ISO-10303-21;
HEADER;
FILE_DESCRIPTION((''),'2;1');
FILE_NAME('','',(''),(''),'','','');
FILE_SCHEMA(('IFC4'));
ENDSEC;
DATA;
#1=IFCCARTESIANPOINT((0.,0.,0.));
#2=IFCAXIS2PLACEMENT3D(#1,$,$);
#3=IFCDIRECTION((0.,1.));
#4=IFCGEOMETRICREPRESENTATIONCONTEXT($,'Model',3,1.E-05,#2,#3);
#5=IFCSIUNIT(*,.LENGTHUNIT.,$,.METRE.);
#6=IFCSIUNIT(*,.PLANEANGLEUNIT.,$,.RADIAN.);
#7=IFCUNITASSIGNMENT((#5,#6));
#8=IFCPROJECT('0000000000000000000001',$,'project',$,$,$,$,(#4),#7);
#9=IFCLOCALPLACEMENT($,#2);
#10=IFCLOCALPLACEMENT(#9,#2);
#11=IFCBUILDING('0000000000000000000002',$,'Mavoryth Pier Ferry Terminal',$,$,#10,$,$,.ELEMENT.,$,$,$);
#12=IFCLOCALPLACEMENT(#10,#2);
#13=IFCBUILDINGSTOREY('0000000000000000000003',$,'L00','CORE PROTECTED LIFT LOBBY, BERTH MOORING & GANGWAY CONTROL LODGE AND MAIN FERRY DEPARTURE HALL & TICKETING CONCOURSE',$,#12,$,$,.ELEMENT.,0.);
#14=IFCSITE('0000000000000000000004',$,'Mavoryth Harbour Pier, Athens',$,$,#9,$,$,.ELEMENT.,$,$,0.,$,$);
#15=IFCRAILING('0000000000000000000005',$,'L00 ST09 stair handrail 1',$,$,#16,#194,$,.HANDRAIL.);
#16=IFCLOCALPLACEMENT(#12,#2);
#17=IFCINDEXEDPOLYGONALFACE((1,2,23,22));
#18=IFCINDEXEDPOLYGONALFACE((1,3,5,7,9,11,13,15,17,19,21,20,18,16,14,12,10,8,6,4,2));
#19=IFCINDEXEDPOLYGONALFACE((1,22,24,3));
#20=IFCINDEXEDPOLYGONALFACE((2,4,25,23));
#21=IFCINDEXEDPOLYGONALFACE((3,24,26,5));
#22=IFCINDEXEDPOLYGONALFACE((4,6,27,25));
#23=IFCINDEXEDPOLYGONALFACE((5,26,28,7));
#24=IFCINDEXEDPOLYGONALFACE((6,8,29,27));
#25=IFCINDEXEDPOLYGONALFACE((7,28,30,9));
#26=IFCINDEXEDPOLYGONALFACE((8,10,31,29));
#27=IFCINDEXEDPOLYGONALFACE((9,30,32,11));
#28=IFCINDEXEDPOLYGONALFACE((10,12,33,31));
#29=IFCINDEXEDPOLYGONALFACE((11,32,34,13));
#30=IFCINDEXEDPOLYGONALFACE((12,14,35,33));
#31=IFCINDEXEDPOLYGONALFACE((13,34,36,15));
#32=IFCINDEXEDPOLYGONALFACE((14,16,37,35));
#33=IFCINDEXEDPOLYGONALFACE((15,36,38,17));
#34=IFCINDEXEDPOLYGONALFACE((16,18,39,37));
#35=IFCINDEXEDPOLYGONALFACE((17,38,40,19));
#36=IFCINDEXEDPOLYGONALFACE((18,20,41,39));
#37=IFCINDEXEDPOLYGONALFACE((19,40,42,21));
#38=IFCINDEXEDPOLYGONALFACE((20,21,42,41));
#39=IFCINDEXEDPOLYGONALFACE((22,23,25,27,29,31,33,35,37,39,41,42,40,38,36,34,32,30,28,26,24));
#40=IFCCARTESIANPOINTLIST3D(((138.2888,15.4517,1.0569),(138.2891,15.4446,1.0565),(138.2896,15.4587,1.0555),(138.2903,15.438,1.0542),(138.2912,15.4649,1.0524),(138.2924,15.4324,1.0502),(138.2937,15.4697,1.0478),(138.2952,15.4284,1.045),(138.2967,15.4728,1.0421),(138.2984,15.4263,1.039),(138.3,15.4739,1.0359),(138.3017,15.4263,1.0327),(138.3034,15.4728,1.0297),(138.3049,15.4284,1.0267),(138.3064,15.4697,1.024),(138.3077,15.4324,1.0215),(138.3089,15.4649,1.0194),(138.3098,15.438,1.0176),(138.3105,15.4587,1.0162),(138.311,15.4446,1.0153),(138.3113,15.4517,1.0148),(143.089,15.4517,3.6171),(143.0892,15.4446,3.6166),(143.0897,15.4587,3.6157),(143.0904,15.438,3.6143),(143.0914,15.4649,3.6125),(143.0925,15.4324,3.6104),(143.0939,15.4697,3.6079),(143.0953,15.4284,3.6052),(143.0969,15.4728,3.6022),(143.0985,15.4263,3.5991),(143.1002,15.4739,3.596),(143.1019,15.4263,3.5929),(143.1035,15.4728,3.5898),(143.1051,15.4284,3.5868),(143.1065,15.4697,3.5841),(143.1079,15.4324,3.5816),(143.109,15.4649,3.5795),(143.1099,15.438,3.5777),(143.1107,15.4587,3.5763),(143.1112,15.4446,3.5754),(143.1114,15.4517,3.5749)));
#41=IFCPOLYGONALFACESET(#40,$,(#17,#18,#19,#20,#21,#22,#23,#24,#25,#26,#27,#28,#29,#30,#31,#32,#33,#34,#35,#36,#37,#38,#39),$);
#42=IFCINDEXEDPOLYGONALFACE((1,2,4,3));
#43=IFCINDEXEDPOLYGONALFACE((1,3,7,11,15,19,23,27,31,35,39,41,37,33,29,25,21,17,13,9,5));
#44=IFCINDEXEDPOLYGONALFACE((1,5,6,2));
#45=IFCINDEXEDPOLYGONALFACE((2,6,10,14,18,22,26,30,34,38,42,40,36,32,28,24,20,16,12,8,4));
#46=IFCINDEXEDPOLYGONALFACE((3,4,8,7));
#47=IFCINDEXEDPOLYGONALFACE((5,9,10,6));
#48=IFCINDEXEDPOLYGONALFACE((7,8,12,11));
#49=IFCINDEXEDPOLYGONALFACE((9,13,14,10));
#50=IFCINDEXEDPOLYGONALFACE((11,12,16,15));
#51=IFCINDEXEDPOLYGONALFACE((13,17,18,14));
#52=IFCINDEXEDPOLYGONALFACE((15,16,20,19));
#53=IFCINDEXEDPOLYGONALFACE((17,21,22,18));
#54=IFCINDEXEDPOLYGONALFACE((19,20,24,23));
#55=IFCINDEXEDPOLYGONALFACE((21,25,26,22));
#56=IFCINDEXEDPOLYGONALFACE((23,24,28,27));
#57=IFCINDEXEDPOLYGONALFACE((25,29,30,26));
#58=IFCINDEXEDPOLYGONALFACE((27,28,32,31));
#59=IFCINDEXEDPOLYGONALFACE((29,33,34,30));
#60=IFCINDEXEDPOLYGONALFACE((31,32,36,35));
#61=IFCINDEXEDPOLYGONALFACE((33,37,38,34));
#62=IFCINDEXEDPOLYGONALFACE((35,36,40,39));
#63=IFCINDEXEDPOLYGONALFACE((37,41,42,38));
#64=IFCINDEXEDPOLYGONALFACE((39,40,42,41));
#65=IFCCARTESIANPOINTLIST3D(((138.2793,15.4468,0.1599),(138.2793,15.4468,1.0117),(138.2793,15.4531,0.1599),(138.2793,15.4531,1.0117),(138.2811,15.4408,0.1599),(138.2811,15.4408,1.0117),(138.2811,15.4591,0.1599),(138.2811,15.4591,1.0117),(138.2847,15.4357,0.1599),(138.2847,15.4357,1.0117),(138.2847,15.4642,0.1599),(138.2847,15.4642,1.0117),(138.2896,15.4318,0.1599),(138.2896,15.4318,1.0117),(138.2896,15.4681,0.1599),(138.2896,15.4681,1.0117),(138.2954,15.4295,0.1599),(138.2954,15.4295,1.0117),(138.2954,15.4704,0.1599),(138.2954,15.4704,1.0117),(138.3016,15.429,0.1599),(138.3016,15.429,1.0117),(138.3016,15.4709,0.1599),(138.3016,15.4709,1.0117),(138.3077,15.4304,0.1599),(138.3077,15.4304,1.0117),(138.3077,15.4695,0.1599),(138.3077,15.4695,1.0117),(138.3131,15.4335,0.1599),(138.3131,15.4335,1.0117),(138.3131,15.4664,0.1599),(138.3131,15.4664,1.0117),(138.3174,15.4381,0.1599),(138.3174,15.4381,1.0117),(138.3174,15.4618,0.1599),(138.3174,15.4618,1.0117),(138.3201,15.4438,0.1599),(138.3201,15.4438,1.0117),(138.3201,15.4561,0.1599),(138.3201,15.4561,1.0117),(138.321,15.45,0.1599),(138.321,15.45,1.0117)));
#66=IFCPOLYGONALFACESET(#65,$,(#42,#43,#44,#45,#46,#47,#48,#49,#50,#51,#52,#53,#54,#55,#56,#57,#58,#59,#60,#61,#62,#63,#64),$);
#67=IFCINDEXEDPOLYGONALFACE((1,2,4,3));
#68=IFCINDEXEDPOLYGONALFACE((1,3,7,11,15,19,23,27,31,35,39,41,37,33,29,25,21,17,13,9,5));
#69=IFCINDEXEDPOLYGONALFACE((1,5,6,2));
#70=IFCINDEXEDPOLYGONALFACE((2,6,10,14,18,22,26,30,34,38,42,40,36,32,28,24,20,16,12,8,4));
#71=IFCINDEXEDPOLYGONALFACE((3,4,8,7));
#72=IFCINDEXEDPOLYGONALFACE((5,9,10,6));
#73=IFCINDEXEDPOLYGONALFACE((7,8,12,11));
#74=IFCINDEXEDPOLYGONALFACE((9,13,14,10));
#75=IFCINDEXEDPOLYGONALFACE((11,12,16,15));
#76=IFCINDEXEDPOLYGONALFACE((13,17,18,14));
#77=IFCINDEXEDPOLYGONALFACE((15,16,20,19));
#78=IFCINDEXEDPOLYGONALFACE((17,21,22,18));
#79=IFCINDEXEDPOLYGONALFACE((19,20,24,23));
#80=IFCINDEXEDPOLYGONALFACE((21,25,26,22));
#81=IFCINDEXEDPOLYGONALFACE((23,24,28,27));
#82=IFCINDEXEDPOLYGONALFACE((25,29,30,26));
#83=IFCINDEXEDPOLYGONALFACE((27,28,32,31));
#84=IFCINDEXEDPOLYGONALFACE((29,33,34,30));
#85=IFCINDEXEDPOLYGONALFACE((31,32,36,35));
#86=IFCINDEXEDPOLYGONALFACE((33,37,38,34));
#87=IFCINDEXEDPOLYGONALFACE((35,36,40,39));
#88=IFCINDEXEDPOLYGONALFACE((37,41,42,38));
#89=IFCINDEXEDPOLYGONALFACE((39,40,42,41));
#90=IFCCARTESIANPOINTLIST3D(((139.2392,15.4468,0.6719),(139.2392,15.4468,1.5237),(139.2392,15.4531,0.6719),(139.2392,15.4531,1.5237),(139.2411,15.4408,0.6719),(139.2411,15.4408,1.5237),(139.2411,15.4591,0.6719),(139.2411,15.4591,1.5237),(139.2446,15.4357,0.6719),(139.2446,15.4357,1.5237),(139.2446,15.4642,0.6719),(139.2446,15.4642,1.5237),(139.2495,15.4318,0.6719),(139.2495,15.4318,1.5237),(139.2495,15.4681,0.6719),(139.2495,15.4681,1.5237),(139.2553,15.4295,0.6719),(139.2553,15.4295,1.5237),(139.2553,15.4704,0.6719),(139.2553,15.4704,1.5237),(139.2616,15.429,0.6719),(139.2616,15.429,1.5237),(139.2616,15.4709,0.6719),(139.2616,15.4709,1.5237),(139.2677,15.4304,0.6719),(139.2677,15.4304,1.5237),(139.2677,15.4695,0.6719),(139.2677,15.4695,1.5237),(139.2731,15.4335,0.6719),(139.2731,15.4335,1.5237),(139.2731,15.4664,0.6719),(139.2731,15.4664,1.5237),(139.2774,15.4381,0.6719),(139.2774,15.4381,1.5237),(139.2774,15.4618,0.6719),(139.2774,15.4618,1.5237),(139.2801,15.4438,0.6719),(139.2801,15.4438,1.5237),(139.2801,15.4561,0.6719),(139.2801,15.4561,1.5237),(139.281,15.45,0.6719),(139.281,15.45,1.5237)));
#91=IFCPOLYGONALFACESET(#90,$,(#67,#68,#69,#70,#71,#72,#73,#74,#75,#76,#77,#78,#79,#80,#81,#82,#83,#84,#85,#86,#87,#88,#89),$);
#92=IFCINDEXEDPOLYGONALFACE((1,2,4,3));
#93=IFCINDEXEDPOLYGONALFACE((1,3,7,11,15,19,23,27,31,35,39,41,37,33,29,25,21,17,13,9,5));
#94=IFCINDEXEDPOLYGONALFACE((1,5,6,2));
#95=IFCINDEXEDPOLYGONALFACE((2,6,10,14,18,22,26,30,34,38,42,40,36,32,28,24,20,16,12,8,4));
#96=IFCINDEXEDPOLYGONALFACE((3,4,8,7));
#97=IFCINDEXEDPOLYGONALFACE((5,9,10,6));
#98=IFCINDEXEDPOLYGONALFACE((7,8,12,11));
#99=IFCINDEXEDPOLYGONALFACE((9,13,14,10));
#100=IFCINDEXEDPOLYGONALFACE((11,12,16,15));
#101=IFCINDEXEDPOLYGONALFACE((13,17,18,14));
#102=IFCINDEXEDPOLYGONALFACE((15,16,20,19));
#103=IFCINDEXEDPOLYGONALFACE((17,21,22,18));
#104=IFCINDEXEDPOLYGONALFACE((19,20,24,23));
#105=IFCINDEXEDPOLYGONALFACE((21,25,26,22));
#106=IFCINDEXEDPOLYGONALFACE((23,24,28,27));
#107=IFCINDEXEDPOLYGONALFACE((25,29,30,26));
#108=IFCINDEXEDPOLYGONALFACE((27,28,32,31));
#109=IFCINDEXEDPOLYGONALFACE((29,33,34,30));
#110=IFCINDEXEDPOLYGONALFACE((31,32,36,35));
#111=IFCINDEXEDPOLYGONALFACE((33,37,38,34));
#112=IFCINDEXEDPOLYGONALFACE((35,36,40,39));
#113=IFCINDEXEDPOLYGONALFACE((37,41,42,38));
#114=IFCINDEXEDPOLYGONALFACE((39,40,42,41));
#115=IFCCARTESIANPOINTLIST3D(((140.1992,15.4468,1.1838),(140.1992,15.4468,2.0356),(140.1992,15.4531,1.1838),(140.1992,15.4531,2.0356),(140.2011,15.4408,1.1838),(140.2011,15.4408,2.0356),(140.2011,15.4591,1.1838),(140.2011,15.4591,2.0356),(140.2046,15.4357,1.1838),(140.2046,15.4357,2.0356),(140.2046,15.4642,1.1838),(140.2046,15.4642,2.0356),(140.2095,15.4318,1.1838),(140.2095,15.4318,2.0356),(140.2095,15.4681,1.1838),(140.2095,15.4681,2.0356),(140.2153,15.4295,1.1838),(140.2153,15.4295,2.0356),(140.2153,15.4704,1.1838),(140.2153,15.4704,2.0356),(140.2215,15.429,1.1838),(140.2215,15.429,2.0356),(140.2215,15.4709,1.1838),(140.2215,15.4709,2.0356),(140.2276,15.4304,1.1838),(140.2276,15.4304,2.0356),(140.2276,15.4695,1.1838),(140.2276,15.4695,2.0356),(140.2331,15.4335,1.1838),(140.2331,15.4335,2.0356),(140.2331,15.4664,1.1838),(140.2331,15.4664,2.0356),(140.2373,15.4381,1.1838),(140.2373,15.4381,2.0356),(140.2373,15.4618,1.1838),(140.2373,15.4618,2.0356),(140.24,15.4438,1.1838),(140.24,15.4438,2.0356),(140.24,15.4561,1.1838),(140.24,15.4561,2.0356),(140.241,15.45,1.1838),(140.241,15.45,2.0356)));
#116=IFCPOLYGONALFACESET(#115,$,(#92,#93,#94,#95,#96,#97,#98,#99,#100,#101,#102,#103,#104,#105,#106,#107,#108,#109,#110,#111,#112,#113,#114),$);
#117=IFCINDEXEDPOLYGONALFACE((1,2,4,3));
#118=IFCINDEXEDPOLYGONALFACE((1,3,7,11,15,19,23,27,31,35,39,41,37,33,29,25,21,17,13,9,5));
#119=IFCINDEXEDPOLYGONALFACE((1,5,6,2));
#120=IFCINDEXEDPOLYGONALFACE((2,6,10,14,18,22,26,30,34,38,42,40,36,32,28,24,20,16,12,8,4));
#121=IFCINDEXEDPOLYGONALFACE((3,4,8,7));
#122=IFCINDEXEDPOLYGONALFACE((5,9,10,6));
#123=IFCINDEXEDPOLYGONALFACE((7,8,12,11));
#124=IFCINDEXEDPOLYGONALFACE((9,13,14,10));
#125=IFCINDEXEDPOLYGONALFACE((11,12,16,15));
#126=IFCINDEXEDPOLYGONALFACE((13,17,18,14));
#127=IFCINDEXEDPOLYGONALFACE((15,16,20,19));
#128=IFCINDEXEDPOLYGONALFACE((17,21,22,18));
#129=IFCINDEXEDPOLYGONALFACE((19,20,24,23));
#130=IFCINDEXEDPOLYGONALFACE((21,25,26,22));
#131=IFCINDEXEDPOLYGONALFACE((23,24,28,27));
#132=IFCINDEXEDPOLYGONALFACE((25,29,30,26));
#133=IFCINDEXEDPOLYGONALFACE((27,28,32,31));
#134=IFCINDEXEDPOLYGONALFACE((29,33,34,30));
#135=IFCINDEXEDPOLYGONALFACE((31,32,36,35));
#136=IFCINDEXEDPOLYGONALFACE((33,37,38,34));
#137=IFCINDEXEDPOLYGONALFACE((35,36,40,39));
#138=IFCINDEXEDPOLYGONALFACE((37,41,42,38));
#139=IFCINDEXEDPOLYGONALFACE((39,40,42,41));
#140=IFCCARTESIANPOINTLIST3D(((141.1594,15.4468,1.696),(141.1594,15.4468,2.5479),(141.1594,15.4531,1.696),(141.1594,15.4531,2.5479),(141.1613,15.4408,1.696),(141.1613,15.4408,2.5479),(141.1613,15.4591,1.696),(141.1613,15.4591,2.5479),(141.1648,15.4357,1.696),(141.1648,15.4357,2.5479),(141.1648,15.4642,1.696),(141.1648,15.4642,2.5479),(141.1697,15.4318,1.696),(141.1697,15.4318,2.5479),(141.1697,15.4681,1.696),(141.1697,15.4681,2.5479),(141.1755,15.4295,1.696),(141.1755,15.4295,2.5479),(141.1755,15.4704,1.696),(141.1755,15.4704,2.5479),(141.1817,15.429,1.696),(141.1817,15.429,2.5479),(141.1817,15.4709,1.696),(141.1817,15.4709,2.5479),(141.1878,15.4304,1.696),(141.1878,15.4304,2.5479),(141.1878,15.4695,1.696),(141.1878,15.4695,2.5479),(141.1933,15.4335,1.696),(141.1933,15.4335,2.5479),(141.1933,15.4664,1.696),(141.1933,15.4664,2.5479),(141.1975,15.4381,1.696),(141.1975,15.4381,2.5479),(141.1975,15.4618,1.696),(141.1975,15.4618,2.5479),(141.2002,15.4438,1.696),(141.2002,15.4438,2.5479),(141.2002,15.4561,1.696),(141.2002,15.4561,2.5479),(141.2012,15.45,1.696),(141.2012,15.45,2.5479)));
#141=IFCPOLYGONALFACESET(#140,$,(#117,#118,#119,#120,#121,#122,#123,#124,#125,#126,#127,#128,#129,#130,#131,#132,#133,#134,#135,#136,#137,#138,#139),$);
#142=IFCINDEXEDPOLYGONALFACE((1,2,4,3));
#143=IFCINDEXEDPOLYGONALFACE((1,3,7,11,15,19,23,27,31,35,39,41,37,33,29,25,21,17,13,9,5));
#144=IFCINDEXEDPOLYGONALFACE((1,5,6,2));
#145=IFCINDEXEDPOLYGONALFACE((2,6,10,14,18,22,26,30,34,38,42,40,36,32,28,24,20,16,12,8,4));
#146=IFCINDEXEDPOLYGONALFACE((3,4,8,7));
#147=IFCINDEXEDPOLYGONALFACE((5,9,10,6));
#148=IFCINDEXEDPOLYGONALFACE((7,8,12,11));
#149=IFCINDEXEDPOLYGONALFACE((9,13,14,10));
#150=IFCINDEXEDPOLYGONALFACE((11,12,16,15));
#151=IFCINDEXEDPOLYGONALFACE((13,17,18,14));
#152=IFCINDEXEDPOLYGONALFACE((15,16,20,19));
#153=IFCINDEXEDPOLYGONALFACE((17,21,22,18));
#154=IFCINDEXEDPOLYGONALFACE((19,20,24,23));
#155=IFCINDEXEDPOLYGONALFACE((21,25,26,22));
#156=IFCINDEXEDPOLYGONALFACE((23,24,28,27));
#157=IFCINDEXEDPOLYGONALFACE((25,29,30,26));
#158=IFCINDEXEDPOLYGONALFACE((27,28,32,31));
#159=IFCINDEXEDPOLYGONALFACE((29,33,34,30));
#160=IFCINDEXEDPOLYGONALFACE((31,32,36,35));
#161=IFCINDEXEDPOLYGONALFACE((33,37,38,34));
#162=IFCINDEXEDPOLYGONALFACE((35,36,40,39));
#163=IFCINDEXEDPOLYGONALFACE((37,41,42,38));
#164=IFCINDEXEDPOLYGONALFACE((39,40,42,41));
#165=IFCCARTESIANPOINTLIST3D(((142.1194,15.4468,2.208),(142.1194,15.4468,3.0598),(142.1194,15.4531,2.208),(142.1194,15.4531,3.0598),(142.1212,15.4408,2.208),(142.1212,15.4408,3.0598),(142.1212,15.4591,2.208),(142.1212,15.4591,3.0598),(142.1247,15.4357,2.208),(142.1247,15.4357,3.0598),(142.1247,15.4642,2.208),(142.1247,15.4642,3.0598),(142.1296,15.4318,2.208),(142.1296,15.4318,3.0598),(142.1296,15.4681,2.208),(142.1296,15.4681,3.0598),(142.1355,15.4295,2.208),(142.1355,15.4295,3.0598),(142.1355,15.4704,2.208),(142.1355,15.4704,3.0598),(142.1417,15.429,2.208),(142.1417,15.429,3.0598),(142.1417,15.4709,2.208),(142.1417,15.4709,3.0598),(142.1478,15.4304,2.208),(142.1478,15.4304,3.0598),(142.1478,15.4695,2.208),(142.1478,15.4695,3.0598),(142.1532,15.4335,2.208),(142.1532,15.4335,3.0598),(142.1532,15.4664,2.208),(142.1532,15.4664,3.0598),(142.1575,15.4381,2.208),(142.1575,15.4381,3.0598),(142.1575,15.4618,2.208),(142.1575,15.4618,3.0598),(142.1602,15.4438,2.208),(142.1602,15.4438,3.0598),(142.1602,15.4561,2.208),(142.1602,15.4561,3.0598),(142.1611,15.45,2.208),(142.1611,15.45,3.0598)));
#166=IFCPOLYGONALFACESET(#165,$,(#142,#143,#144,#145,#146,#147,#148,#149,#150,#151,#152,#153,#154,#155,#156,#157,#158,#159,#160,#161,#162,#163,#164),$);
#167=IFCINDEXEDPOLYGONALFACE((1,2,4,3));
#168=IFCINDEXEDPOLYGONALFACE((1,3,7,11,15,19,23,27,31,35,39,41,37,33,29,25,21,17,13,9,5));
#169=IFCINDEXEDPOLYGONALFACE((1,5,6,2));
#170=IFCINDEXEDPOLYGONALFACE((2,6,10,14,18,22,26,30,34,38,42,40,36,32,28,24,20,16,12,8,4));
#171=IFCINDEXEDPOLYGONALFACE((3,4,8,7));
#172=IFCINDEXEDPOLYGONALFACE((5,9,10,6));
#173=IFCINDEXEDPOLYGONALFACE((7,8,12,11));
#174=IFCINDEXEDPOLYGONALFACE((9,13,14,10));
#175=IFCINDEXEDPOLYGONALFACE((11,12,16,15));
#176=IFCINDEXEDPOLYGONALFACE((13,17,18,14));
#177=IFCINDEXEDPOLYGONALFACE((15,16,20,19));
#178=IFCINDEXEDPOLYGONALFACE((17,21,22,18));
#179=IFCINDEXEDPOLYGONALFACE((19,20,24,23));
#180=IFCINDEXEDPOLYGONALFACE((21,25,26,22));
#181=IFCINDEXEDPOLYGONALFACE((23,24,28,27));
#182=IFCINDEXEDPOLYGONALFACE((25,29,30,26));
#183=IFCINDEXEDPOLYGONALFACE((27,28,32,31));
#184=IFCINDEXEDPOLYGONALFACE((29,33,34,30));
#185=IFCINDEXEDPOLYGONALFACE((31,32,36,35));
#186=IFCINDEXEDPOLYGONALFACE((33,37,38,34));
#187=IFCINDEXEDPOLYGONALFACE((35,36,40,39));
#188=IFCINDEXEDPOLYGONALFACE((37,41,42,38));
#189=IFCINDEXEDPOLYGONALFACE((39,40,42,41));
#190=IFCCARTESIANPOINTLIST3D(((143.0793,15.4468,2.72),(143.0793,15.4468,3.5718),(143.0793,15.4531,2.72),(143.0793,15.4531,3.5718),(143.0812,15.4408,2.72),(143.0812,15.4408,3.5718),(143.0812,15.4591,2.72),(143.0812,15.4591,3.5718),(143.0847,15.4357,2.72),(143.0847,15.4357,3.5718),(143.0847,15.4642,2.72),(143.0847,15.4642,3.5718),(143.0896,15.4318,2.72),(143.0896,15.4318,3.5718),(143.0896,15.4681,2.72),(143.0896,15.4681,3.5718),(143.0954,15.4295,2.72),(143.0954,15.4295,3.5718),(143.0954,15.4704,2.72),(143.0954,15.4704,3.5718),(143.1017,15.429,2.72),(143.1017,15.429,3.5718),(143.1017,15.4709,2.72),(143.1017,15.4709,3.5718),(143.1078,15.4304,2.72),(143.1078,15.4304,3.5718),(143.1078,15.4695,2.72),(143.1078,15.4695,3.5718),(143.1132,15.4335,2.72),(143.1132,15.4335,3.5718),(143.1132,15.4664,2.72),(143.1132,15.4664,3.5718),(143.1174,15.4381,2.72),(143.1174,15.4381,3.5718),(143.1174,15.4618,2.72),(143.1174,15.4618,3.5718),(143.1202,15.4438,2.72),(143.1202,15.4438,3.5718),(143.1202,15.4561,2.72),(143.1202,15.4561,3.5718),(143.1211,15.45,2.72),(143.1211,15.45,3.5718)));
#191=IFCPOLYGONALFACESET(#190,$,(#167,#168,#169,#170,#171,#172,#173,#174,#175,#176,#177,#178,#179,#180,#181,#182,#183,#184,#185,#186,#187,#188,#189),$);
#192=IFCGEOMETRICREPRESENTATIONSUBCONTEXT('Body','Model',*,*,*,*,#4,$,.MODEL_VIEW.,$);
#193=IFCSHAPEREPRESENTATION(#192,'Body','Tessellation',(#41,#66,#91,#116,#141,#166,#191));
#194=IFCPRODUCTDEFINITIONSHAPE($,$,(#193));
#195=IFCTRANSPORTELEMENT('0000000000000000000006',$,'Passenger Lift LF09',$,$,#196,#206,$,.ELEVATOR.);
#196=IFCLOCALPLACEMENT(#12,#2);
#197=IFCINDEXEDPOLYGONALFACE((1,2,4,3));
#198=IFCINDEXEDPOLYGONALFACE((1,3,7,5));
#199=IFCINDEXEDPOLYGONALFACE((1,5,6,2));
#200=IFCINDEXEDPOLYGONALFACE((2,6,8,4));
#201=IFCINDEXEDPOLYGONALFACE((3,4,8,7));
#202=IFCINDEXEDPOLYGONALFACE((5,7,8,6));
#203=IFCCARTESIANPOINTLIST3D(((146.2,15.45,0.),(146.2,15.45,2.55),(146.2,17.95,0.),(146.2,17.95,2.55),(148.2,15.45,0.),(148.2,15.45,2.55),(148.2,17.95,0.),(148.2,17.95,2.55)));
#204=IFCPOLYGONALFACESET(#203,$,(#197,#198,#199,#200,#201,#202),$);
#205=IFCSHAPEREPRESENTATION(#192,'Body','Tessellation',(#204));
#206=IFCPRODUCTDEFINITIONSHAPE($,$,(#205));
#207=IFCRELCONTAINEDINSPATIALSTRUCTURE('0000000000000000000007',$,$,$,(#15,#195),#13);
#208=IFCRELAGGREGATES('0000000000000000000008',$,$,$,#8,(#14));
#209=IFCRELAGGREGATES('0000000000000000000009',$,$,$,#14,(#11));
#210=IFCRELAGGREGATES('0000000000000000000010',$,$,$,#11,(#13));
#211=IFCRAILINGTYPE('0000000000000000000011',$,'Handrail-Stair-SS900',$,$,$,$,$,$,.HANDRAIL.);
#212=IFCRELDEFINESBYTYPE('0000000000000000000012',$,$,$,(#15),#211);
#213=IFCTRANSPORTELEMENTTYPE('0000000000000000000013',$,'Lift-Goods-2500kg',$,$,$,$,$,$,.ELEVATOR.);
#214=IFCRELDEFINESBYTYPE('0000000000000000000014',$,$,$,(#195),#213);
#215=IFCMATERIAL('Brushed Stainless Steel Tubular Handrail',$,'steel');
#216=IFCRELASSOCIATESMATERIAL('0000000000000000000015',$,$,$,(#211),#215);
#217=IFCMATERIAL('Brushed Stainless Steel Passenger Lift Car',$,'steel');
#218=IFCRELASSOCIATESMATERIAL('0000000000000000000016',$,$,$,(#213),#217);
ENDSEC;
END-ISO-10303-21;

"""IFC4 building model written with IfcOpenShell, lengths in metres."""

from ifc_helpers import new_model, si_unit, direction, frame, origin, origin_2d, place, context, subcontext, project, spatial, rectangle, circle, extrude, material, type_object, element, save


model = new_model("IFC4")

# Units and contexts
model_context = context("Model", 3, precision=1e-05, world=origin(), true_north=direction((0.0, 1.0)))
body_context = subcontext(model_context, "Body", "Model", "MODEL_VIEW")
ifc_project = project(units=[si_unit("LENGTHUNIT", "METRE"), si_unit("PLANEANGLEUNIT", "RADIAN")], contexts=[model_context])

# Site, building, storey
site_placement = place(None, origin())
site = spatial("IfcSite", under=ifc_project, at=site_placement, Name="Mavoryth Harbour Pier, Athens", CompositionType="ELEMENT", RefElevation=0.0)
building_placement = place(site_placement, origin())
building = spatial("IfcBuilding", under=site, at=building_placement, Name="Mavoryth Pier Ferry Terminal", CompositionType="ELEMENT")
storey_placement = place(building_placement, origin())
storey = spatial("IfcBuildingStorey", under=building, at=storey_placement, Name="L00", Description="CORE PROTECTED LIFT LOBBY, BERTH MOORING & GANGWAY CONTROL LODGE AND MAIN FERRY DEPARTURE HALL & TICKETING CONCOURSE", CompositionType="ELEMENT", Elevation=0.0)

# Railing
ifc_material_1 = material(Name="Brushed Stainless Steel Tubular Handrail", Category="steel")
railing_type_1 = type_object("IfcRailingType", Name="Handrail-Stair-SS900", PredefinedType="HANDRAIL", material=ifc_material_1)
railing_1_placement = place(storey_placement, frame((138.3, 15.45, 0.1599)))
element("IfcRailing", 1, at=railing_1_placement, inside=storey, type_object=railing_type_1, Name="L00 ST09 stair handrail 1", PredefinedType="HANDRAIL", context=body_context, shape_type="SweptSolid", body=[
    extrude(circle(Radius=0.0239, at=origin_2d()), frame((0.0, 0.0, 0.876), z_axis=(0.88235, 0.0, 0.470593), x_axis=(0.0, 1.0, 0.0)), (0.0, 0.0, 1.0), 5.4402),
    extrude(circle(Radius=0.021, at=origin_2d()), origin(), (0.0, 0.0, 1.0), 0.8518),
    extrude(circle(Radius=0.021, at=origin_2d()), frame((0.96, 0.0, 0.512)), (0.0, 0.0, 1.0), 0.8518),
    extrude(circle(Radius=0.021, at=origin_2d()), frame((1.9199, 0.0, 1.0239)), (0.0, 0.0, 1.0), 0.8518),
    extrude(circle(Radius=0.021, at=origin_2d()), frame((2.8801, 0.0, 1.5361)), (0.0, 0.0, 1.0), 0.8518),
    extrude(circle(Radius=0.021, at=origin_2d()), frame((3.8401, 0.0, 2.0481)), (0.0, 0.0, 1.0), 0.8518),
    extrude(circle(Radius=0.021, at=origin_2d()), frame((4.8, 0.0, 2.5601)), (0.0, 0.0, 1.0), 0.8518),
])

# Transport element
ifc_material_2 = material(Name="Brushed Stainless Steel Passenger Lift Car", Category="steel")
transport_element_type = type_object("IfcTransportElementType", Name="Lift-Goods-2500kg", PredefinedType="ELEVATOR", material=ifc_material_2)
transport_element_placement = place(storey_placement, frame((147.2, 16.7, 0.0), z_axis=(0.0, 0.0, 1.0), x_axis=(1.0, 0.0, 0.0)))
element("IfcTransportElement", 2, at=transport_element_placement, inside=storey, type_object=transport_element_type, Name="Passenger Lift LF09", PredefinedType="ELEVATOR", context=body_context, shape_type="SweptSolid", body=[
    extrude(rectangle(XDim=2.0, YDim=2.5, at=origin_2d()), origin(), (0.0, 0.0, 1.0), 2.55),
])

save(model, "model.ifc")
